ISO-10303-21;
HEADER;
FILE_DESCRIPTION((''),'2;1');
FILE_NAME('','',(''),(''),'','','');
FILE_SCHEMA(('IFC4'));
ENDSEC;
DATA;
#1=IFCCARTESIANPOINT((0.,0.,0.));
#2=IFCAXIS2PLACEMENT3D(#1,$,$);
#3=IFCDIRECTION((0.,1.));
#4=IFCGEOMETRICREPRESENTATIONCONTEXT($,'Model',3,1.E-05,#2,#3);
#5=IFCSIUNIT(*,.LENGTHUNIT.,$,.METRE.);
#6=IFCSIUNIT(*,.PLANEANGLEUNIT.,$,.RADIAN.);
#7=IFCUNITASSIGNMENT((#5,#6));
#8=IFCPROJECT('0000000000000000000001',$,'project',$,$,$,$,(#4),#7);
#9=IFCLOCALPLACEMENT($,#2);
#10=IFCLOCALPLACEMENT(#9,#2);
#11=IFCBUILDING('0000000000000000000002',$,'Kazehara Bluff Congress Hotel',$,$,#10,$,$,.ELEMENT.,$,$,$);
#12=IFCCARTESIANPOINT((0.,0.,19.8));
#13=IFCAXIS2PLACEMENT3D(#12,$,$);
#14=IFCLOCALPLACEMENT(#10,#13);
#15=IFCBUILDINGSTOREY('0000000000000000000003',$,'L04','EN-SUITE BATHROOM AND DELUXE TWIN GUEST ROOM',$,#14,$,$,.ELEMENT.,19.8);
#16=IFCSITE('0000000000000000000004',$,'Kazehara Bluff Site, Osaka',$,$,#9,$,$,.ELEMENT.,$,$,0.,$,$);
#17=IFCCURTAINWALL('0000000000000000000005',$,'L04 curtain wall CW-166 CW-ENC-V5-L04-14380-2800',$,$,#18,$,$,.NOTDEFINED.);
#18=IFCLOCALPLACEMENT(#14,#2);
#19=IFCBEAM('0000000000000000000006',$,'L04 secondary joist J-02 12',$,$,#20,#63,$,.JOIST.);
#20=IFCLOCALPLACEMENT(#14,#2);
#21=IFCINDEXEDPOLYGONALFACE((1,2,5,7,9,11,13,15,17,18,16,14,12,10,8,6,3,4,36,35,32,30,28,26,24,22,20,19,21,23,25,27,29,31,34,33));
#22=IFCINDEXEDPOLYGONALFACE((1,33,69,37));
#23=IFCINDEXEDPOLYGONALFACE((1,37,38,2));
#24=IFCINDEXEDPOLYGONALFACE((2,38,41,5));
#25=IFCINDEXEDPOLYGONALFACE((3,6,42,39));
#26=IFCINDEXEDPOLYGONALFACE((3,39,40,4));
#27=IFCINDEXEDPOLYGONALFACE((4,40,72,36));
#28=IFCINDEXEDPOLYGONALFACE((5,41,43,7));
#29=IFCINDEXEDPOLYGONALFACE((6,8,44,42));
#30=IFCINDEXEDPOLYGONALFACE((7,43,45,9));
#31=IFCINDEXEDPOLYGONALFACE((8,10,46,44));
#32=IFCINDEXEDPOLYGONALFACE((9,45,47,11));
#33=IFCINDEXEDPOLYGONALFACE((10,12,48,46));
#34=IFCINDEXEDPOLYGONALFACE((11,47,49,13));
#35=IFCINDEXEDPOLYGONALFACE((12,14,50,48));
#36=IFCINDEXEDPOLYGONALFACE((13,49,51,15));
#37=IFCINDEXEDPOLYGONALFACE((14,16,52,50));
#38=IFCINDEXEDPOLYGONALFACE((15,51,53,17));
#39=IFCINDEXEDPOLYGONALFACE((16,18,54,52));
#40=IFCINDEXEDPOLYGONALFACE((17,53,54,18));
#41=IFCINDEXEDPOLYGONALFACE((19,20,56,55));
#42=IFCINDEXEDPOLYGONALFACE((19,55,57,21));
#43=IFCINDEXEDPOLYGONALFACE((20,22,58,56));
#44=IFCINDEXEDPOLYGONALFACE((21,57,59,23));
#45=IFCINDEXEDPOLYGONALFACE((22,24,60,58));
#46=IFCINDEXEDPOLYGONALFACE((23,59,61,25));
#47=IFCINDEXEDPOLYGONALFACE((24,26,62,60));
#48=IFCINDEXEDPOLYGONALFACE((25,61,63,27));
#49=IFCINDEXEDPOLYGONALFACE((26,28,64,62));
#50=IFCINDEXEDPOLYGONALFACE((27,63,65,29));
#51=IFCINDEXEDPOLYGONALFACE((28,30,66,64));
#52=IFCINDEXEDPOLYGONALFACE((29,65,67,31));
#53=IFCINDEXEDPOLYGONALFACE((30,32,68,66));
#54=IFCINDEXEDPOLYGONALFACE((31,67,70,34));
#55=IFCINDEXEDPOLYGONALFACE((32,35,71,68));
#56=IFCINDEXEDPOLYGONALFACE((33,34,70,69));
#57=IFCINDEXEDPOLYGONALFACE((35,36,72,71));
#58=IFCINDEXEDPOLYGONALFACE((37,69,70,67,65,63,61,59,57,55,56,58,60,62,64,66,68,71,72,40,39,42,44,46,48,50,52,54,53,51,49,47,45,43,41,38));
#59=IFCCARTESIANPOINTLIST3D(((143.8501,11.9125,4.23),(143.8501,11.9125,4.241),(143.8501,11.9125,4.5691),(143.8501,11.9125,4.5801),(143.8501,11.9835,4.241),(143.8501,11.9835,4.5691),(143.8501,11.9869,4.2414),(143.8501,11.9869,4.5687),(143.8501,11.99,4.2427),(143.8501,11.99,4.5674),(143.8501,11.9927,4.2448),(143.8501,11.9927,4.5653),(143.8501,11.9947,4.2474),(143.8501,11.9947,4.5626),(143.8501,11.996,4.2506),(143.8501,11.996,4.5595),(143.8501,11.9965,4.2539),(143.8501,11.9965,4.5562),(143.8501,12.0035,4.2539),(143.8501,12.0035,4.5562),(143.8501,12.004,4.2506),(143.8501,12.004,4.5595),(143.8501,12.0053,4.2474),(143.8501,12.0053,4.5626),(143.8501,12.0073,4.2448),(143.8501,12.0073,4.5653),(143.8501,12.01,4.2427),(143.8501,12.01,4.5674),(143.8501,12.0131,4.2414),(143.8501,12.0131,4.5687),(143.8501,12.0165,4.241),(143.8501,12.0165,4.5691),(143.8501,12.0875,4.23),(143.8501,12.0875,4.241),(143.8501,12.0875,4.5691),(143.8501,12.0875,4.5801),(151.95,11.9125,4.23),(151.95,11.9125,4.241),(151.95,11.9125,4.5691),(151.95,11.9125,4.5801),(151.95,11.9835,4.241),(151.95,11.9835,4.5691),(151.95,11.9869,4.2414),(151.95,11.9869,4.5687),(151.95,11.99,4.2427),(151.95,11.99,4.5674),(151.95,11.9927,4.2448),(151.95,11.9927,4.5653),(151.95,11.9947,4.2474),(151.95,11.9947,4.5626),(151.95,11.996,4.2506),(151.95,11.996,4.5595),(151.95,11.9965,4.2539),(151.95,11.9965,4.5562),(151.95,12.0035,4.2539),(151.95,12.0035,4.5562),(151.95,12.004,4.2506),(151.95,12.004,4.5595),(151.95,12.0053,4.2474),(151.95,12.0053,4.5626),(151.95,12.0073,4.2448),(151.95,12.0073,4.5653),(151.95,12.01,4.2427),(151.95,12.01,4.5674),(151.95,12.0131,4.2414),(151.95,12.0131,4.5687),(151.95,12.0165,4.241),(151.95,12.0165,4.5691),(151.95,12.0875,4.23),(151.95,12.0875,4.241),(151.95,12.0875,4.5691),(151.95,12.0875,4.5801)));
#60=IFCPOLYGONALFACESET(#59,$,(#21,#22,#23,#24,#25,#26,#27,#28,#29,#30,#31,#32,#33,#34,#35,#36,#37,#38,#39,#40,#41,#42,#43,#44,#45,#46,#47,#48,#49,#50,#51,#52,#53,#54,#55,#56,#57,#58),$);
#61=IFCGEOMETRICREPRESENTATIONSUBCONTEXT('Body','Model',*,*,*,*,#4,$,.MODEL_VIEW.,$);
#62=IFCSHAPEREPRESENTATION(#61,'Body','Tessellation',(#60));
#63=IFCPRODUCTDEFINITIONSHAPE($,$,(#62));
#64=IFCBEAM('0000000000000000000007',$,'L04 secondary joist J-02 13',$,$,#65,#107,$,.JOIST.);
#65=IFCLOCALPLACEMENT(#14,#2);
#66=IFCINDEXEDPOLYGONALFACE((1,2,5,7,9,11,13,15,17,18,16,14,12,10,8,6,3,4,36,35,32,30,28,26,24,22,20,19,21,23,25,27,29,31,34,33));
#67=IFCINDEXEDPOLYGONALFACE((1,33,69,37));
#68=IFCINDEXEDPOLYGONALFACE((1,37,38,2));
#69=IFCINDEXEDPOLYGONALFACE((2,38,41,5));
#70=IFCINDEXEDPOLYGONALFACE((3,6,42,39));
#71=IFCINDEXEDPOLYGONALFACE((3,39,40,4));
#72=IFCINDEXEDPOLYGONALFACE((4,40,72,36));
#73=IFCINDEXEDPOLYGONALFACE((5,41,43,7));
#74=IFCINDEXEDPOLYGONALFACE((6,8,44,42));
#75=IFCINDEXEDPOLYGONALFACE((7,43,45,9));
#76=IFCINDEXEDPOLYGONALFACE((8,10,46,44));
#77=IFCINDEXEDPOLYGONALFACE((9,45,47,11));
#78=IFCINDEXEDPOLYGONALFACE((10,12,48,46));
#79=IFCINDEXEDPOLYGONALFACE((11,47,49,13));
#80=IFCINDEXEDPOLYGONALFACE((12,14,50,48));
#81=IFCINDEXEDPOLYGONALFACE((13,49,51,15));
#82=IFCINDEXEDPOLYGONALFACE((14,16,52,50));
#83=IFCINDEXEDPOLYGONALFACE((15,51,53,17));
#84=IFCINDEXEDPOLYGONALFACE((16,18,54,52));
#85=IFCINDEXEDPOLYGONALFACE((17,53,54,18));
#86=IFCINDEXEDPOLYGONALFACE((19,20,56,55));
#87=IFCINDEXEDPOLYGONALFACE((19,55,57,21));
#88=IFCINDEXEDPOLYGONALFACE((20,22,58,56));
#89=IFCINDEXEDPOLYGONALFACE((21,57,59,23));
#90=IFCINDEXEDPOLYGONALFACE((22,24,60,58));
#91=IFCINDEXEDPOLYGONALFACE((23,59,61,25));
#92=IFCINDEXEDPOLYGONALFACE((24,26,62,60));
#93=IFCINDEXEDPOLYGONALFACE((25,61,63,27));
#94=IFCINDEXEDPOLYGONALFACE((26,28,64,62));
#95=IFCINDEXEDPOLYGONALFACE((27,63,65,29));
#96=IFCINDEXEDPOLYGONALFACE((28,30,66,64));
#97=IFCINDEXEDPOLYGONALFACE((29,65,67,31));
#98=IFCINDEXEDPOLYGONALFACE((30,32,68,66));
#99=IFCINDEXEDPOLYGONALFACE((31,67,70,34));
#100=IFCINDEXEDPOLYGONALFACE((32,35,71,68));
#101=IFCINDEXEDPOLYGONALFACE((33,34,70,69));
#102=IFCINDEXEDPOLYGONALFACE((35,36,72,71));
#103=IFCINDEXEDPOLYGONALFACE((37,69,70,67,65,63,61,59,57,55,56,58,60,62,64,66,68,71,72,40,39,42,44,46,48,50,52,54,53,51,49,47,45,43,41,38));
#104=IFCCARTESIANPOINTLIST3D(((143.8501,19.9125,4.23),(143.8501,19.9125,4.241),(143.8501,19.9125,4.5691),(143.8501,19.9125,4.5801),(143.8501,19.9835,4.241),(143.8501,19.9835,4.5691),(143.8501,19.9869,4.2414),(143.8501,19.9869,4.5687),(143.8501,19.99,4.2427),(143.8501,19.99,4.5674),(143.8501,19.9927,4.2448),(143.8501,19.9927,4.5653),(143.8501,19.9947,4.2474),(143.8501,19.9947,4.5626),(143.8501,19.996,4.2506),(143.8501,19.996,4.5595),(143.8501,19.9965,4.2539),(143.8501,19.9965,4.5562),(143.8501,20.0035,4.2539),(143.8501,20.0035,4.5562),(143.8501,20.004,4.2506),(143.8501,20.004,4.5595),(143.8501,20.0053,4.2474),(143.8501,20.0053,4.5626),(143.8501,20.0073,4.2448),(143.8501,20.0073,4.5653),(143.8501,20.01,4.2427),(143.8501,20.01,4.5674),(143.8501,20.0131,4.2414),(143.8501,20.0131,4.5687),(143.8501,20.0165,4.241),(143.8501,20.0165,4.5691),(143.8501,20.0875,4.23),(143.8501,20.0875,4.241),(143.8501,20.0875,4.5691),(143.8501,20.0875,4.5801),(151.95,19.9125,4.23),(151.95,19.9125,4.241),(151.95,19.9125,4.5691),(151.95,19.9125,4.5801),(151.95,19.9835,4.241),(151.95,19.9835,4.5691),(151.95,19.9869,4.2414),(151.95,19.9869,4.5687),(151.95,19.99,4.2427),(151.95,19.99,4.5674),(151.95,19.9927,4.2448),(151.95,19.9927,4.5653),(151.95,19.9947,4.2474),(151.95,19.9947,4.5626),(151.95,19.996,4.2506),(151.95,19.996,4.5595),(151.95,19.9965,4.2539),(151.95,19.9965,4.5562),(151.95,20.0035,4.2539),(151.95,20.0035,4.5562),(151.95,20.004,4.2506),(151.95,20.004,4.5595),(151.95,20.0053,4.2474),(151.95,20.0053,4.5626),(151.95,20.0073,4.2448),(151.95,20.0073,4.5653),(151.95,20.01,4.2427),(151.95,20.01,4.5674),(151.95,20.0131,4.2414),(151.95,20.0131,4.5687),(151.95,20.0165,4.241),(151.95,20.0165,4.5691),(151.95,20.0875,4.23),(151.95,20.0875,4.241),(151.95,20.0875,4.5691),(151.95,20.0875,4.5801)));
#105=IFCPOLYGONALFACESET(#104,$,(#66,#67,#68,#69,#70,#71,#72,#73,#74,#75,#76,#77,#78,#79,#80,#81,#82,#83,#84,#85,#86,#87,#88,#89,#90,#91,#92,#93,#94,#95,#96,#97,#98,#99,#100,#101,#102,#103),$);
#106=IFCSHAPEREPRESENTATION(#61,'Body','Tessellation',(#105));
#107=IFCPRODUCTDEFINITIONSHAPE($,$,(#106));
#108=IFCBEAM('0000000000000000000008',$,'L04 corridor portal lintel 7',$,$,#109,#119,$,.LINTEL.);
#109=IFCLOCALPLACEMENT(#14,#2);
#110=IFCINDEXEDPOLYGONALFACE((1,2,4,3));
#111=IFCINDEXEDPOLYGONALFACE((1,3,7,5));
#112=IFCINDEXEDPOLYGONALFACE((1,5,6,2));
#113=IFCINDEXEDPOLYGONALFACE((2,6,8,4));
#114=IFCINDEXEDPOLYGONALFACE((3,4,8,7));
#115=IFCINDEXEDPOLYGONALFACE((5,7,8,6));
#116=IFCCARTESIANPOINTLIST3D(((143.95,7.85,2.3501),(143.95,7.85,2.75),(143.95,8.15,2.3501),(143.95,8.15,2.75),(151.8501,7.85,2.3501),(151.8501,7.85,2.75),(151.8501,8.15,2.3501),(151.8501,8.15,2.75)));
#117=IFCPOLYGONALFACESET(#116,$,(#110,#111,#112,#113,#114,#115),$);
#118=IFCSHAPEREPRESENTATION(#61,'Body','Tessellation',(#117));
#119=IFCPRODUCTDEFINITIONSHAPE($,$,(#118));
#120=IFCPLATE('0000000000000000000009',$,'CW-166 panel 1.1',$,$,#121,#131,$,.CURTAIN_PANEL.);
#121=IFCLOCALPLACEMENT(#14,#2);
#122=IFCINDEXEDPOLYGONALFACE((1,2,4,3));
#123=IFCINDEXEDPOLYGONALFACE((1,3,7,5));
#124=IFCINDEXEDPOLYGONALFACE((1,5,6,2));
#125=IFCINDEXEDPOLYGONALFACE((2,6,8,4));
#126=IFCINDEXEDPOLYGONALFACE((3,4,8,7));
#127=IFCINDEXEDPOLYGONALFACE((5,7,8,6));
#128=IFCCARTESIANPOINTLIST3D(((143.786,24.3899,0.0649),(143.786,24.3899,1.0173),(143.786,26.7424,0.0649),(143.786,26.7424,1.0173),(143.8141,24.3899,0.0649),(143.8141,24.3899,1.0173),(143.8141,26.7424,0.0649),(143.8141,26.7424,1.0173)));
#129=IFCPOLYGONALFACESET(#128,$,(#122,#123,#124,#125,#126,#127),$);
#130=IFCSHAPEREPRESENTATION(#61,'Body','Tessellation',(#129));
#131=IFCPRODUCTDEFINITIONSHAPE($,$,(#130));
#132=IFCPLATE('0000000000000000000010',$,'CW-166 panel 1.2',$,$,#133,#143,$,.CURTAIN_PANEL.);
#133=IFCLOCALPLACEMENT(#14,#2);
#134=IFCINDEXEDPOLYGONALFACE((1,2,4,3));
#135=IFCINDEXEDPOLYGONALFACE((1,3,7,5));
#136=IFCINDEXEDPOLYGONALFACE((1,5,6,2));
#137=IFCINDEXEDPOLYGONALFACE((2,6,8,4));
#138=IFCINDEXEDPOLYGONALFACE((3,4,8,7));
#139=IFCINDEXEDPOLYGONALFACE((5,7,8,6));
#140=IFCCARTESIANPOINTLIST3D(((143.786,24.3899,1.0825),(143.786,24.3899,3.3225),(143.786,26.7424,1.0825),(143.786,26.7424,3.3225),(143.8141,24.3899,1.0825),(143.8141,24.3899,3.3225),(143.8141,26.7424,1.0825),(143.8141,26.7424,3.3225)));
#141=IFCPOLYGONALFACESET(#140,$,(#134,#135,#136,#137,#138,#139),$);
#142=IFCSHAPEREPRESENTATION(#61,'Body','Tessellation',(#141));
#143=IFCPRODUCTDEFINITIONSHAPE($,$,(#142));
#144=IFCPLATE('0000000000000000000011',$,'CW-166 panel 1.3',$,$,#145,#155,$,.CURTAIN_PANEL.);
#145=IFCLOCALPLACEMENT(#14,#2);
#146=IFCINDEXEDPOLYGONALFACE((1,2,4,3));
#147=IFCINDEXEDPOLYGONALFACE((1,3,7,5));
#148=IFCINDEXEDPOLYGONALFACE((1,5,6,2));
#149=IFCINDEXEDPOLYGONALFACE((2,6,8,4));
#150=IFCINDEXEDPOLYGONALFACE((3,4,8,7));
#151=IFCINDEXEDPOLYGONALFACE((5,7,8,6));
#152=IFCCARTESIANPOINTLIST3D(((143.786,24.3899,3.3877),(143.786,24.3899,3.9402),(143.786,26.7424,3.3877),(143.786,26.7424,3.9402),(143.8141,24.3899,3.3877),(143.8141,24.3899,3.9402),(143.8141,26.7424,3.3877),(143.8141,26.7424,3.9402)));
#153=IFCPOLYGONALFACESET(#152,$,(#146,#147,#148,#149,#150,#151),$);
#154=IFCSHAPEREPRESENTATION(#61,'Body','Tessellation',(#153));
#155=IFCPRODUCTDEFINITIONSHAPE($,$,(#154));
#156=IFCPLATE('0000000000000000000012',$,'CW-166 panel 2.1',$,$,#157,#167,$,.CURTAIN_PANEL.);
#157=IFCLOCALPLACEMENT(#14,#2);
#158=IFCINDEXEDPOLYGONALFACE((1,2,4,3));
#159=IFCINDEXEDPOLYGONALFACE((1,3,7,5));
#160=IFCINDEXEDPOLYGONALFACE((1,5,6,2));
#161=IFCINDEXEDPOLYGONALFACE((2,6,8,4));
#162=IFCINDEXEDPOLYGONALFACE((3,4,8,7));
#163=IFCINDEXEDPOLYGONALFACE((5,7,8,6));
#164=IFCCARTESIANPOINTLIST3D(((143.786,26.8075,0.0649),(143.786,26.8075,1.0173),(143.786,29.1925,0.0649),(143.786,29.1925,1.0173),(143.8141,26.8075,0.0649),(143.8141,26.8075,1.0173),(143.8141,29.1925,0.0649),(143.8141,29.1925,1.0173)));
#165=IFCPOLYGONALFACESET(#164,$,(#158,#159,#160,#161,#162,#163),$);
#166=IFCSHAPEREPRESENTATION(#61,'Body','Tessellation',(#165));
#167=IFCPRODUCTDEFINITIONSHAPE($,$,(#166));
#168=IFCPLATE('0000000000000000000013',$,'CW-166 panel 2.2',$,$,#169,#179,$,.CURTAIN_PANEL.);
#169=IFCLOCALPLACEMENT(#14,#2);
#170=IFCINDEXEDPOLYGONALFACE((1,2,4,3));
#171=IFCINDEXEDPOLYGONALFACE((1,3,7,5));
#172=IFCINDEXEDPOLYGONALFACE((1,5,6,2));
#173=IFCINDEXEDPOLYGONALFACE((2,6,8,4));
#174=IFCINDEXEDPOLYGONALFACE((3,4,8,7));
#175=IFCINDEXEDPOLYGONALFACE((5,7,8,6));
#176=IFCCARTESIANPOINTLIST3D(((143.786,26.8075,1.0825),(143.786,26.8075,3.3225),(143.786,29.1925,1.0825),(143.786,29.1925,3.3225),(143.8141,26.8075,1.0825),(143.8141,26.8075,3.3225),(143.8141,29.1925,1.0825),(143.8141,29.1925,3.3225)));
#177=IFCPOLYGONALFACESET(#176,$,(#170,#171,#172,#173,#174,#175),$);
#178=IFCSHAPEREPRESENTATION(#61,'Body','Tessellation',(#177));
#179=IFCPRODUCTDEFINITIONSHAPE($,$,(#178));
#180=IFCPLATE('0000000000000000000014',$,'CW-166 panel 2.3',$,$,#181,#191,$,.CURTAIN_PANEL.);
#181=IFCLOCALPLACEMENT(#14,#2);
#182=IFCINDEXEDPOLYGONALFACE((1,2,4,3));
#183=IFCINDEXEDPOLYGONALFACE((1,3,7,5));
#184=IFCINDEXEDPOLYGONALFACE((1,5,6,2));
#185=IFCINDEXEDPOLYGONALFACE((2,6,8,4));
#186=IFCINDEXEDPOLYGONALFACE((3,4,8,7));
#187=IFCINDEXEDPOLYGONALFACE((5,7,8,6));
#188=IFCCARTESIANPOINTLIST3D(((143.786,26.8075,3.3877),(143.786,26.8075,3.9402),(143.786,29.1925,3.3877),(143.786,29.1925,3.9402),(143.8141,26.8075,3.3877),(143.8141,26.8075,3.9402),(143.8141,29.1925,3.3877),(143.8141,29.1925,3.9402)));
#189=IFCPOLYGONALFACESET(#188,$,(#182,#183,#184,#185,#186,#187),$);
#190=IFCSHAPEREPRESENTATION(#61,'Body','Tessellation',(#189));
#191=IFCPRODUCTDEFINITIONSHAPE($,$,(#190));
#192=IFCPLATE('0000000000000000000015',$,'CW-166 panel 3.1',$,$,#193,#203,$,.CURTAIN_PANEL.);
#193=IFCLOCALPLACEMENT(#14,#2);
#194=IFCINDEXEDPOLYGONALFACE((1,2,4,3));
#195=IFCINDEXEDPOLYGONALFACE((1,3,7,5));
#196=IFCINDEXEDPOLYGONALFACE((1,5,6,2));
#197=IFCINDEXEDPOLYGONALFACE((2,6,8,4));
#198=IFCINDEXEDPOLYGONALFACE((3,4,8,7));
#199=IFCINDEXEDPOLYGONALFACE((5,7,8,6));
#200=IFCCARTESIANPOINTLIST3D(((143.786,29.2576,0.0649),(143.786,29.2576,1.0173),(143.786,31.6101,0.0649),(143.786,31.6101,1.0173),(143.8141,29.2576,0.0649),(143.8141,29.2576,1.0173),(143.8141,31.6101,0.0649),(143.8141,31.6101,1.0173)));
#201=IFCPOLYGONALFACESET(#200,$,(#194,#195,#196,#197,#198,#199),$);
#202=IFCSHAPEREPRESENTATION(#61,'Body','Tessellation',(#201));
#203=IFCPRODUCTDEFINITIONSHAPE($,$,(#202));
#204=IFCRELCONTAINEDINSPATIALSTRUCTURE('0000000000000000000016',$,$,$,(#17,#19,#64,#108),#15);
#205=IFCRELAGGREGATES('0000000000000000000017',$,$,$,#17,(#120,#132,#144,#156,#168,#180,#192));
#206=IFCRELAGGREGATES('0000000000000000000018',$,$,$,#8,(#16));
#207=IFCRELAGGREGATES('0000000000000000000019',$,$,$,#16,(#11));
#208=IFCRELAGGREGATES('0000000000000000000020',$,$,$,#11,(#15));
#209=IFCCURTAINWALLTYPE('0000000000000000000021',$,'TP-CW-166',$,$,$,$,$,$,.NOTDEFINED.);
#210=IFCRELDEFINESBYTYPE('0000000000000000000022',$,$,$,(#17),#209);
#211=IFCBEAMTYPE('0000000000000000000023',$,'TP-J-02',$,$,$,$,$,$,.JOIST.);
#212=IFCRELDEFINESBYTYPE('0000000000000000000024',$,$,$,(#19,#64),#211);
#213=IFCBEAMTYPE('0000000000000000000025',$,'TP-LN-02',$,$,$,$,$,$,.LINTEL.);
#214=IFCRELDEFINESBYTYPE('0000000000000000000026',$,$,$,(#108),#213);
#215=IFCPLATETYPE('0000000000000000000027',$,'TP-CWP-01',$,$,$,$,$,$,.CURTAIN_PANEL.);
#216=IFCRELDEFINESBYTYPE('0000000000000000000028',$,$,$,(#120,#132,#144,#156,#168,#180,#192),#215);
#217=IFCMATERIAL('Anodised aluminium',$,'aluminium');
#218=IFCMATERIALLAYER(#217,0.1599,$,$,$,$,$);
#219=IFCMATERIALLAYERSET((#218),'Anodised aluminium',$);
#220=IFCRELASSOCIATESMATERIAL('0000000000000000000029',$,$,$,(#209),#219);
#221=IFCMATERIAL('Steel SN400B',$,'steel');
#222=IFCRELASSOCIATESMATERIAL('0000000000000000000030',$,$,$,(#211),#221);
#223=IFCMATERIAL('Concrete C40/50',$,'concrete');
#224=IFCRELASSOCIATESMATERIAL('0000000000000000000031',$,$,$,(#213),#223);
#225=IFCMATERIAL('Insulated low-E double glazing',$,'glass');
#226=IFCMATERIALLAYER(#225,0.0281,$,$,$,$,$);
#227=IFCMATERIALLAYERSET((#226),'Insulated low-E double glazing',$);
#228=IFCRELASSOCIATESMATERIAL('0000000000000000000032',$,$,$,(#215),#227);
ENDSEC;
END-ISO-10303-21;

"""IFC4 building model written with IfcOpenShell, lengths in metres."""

from ifc_helpers import new_model, si_unit, direction, frame, origin, origin_2d, place, context, subcontext, project, spatial, rectangle, i_section, extrude, material, layer, layer_set, material_profile, profile_set, type_object, element, aggregate, save


model = new_model("IFC4")

# Units and contexts
model_context = context("Model", 3, precision=1e-05, world=origin(), true_north=direction((0.0, 1.0)))
body_context = subcontext(model_context, "Body", "Model", "MODEL_VIEW")
ifc_project = project(units=[si_unit("LENGTHUNIT", "METRE"), si_unit("PLANEANGLEUNIT", "RADIAN")], contexts=[model_context])

# Site, building, storey
site_placement = place(None, origin())
site = spatial("IfcSite", under=ifc_project, at=site_placement, Name="Kazehara Bluff Site, Osaka", CompositionType="ELEMENT", RefElevation=0.0)
building_placement = place(site_placement, origin())
building = spatial("IfcBuilding", under=site, at=building_placement, Name="Kazehara Bluff Congress Hotel", CompositionType="ELEMENT")
storey_placement = place(building_placement, frame((0.0, 0.0, 19.8)))
storey = spatial("IfcBuildingStorey", under=building, at=storey_placement, Name="L04", Description="EN-SUITE BATHROOM AND DELUXE TWIN GUEST ROOM", CompositionType="ELEMENT", Elevation=19.8)

# Curtain wall
ifc_material_1 = material(Name="Anodised aluminium", Category="aluminium")
ifc_layer_1 = layer(ifc_material_1, 0.1599)
ifc_layer_set_1 = layer_set([ifc_layer_1], Name="Anodised aluminium")
curtain_wall_type_1 = type_object("IfcCurtainWallType", Name="TP-CW-166", PredefinedType="NOTDEFINED", material=ifc_layer_set_1)
curtain_wall_1_placement = place(storey_placement, origin())
curtain_wall_1 = element("IfcCurtainWall", 1, at=curtain_wall_1_placement, inside=storey, type_object=curtain_wall_type_1, Name="L04 curtain wall CW-166 CW-ENC-V5-L04-14380-2800", PredefinedType="NOTDEFINED")

# Beams
ifc_material_2 = material(Name="Steel SN400B", Category="steel")
ifc_material_profile_1 = material_profile(ifc_material_2, i_section(OverallWidth=0.175, OverallDepth=0.3501, WebThickness=0.0071, FlangeThickness=0.011, FilletRadius=0.0129, at=origin_2d()))
ifc_profile_set_1 = profile_set([ifc_material_profile_1], Name="Steel SN400B")
beam_type_1 = type_object("IfcBeamType", Name="TP-J-02", PredefinedType="JOIST", material=ifc_profile_set_1)
for number, where, z_axis, x_axis, name in (
    (2, (143.8501, 12.0, 4.405), (1.0, 0.0, 0.0), (0.0, 1.0, 0.0), "L04 secondary joist J-02 12"),
    (3, (143.8501, 20.0, 4.405), (1.0, 0.0, 0.0), (0.0, 1.0, 0.0), "L04 secondary joist J-02 13"),
):
    element("IfcBeam", number, at=place(storey_placement, frame(where, z_axis=z_axis, x_axis=x_axis)), inside=storey, type_object=beam_type_1, Name=name, PredefinedType="JOIST", context=body_context, shape_type="SweptSolid", body=[
        extrude(i_section(OverallWidth=0.175, OverallDepth=0.3501, WebThickness=0.0071, FlangeThickness=0.011, FilletRadius=0.0129, at=origin_2d()), origin(), (0.0, 0.0, 1.0), 8.0999),
    ])
ifc_material_3 = material(Name="Concrete C40/50", Category="concrete")
ifc_material_profile_2 = material_profile(ifc_material_3, rectangle(XDim=0.3, YDim=0.3999, at=origin_2d()))
ifc_profile_set_2 = profile_set([ifc_material_profile_2], Name="Concrete C40/50")
beam_type_2 = type_object("IfcBeamType", Name="TP-LN-02", PredefinedType="LINTEL", material=ifc_profile_set_2)
beam_placement = place(storey_placement, frame((143.95, 8.0, 2.55), z_axis=(1.0, 0.0, 0.0), x_axis=(0.0, 1.0, 0.0)))
element("IfcBeam", 4, at=beam_placement, inside=storey, type_object=beam_type_2, Name="L04 corridor portal lintel 7", PredefinedType="LINTEL", context=body_context, shape_type="SweptSolid", body=[
    extrude(rectangle(XDim=0.3, YDim=0.3999, at=origin_2d()), origin(), (0.0, 0.0, 1.0), 7.9001),
])

# Plates
ifc_material_4 = material(Name="Insulated low-E double glazing", Category="glass")
ifc_layer_2 = layer(ifc_material_4, 0.0281)
ifc_layer_set_2 = layer_set([ifc_layer_2], Name="Insulated low-E double glazing")
plate_type = type_object("IfcPlateType", Name="TP-CWP-01", PredefinedType="CURTAIN_PANEL", material=ifc_layer_set_2)
plate_1_placement = place(storey_placement, frame((143.8, 25.5662, 0.0649), z_axis=(0.0, 0.0, 1.0), x_axis=(0.0, 1.0, 0.0)))
plate_1 = element("IfcPlate", 5, at=plate_1_placement, type_object=plate_type, Name="CW-166 panel 1.1", PredefinedType="CURTAIN_PANEL", context=body_context, shape_type="SweptSolid", body=[
    extrude(rectangle(XDim=2.3525, YDim=0.0281, at=origin_2d()), origin(), (0.0, 0.0, 1.0), 0.9524),
])
plate_2_placement = place(storey_placement, frame((143.8, 25.5662, 1.0825), z_axis=(0.0, 0.0, 1.0), x_axis=(0.0, 1.0, 0.0)))
plate_2 = element("IfcPlate", 6, at=plate_2_placement, type_object=plate_type, Name="CW-166 panel 1.2", PredefinedType="CURTAIN_PANEL", context=body_context, shape_type="SweptSolid", body=[
    extrude(rectangle(XDim=2.3525, YDim=0.0281, at=origin_2d()), origin(), (0.0, 0.0, 1.0), 2.24),
])
plate_3_placement = place(storey_placement, frame((143.8, 25.5662, 3.3877), z_axis=(0.0, 0.0, 1.0), x_axis=(0.0, 1.0, 0.0)))
plate_3 = element("IfcPlate", 7, at=plate_3_placement, type_object=plate_type, Name="CW-166 panel 1.3", PredefinedType="CURTAIN_PANEL", context=body_context, shape_type="SweptSolid", body=[
    extrude(rectangle(XDim=2.3525, YDim=0.0281, at=origin_2d()), origin(), (0.0, 0.0, 1.0), 0.5525),
])
plate_4_placement = place(storey_placement, frame((143.8, 28.0, 0.0649), z_axis=(0.0, 0.0, 1.0), x_axis=(0.0, 1.0, 0.0)))
plate_4 = element("IfcPlate", 8, at=plate_4_placement, type_object=plate_type, Name="CW-166 panel 2.1", PredefinedType="CURTAIN_PANEL", context=body_context, shape_type="SweptSolid", body=[
    extrude(rectangle(XDim=2.385, YDim=0.0281, at=origin_2d()), origin(), (0.0, 0.0, 1.0), 0.9524),
])
plate_5_placement = place(storey_placement, frame((143.8, 28.0, 1.0825), z_axis=(0.0, 0.0, 1.0), x_axis=(0.0, 1.0, 0.0)))
plate_5 = element("IfcPlate", 9, at=plate_5_placement, type_object=plate_type, Name="CW-166 panel 2.2", PredefinedType="CURTAIN_PANEL", context=body_context, shape_type="SweptSolid", body=[
    extrude(rectangle(XDim=2.385, YDim=0.0281, at=origin_2d()), origin(), (0.0, 0.0, 1.0), 2.24),
])
plate_6_placement = place(storey_placement, frame((143.8, 28.0, 3.3877), z_axis=(0.0, 0.0, 1.0), x_axis=(0.0, 1.0, 0.0)))
plate_6 = element("IfcPlate", 10, at=plate_6_placement, type_object=plate_type, Name="CW-166 panel 2.3", PredefinedType="CURTAIN_PANEL", context=body_context, shape_type="SweptSolid", body=[
    extrude(rectangle(XDim=2.385, YDim=0.0281, at=origin_2d()), origin(), (0.0, 0.0, 1.0), 0.5525),
])
plate_7_placement = place(storey_placement, frame((143.8, 30.4338, 0.0649), z_axis=(0.0, 0.0, 1.0), x_axis=(0.0, 1.0, 0.0)))
plate_7 = element("IfcPlate", 11, at=plate_7_placement, type_object=plate_type, Name="CW-166 panel 3.1", PredefinedType="CURTAIN_PANEL", context=body_context, shape_type="SweptSolid", body=[
    extrude(rectangle(XDim=2.3525, YDim=0.0281, at=origin_2d()), origin(), (0.0, 0.0, 1.0), 0.9524),
])
aggregate(curtain_wall_1, [plate_1, plate_2, plate_3, plate_4, plate_5, plate_6, plate_7])

save(model, "model.ifc")
